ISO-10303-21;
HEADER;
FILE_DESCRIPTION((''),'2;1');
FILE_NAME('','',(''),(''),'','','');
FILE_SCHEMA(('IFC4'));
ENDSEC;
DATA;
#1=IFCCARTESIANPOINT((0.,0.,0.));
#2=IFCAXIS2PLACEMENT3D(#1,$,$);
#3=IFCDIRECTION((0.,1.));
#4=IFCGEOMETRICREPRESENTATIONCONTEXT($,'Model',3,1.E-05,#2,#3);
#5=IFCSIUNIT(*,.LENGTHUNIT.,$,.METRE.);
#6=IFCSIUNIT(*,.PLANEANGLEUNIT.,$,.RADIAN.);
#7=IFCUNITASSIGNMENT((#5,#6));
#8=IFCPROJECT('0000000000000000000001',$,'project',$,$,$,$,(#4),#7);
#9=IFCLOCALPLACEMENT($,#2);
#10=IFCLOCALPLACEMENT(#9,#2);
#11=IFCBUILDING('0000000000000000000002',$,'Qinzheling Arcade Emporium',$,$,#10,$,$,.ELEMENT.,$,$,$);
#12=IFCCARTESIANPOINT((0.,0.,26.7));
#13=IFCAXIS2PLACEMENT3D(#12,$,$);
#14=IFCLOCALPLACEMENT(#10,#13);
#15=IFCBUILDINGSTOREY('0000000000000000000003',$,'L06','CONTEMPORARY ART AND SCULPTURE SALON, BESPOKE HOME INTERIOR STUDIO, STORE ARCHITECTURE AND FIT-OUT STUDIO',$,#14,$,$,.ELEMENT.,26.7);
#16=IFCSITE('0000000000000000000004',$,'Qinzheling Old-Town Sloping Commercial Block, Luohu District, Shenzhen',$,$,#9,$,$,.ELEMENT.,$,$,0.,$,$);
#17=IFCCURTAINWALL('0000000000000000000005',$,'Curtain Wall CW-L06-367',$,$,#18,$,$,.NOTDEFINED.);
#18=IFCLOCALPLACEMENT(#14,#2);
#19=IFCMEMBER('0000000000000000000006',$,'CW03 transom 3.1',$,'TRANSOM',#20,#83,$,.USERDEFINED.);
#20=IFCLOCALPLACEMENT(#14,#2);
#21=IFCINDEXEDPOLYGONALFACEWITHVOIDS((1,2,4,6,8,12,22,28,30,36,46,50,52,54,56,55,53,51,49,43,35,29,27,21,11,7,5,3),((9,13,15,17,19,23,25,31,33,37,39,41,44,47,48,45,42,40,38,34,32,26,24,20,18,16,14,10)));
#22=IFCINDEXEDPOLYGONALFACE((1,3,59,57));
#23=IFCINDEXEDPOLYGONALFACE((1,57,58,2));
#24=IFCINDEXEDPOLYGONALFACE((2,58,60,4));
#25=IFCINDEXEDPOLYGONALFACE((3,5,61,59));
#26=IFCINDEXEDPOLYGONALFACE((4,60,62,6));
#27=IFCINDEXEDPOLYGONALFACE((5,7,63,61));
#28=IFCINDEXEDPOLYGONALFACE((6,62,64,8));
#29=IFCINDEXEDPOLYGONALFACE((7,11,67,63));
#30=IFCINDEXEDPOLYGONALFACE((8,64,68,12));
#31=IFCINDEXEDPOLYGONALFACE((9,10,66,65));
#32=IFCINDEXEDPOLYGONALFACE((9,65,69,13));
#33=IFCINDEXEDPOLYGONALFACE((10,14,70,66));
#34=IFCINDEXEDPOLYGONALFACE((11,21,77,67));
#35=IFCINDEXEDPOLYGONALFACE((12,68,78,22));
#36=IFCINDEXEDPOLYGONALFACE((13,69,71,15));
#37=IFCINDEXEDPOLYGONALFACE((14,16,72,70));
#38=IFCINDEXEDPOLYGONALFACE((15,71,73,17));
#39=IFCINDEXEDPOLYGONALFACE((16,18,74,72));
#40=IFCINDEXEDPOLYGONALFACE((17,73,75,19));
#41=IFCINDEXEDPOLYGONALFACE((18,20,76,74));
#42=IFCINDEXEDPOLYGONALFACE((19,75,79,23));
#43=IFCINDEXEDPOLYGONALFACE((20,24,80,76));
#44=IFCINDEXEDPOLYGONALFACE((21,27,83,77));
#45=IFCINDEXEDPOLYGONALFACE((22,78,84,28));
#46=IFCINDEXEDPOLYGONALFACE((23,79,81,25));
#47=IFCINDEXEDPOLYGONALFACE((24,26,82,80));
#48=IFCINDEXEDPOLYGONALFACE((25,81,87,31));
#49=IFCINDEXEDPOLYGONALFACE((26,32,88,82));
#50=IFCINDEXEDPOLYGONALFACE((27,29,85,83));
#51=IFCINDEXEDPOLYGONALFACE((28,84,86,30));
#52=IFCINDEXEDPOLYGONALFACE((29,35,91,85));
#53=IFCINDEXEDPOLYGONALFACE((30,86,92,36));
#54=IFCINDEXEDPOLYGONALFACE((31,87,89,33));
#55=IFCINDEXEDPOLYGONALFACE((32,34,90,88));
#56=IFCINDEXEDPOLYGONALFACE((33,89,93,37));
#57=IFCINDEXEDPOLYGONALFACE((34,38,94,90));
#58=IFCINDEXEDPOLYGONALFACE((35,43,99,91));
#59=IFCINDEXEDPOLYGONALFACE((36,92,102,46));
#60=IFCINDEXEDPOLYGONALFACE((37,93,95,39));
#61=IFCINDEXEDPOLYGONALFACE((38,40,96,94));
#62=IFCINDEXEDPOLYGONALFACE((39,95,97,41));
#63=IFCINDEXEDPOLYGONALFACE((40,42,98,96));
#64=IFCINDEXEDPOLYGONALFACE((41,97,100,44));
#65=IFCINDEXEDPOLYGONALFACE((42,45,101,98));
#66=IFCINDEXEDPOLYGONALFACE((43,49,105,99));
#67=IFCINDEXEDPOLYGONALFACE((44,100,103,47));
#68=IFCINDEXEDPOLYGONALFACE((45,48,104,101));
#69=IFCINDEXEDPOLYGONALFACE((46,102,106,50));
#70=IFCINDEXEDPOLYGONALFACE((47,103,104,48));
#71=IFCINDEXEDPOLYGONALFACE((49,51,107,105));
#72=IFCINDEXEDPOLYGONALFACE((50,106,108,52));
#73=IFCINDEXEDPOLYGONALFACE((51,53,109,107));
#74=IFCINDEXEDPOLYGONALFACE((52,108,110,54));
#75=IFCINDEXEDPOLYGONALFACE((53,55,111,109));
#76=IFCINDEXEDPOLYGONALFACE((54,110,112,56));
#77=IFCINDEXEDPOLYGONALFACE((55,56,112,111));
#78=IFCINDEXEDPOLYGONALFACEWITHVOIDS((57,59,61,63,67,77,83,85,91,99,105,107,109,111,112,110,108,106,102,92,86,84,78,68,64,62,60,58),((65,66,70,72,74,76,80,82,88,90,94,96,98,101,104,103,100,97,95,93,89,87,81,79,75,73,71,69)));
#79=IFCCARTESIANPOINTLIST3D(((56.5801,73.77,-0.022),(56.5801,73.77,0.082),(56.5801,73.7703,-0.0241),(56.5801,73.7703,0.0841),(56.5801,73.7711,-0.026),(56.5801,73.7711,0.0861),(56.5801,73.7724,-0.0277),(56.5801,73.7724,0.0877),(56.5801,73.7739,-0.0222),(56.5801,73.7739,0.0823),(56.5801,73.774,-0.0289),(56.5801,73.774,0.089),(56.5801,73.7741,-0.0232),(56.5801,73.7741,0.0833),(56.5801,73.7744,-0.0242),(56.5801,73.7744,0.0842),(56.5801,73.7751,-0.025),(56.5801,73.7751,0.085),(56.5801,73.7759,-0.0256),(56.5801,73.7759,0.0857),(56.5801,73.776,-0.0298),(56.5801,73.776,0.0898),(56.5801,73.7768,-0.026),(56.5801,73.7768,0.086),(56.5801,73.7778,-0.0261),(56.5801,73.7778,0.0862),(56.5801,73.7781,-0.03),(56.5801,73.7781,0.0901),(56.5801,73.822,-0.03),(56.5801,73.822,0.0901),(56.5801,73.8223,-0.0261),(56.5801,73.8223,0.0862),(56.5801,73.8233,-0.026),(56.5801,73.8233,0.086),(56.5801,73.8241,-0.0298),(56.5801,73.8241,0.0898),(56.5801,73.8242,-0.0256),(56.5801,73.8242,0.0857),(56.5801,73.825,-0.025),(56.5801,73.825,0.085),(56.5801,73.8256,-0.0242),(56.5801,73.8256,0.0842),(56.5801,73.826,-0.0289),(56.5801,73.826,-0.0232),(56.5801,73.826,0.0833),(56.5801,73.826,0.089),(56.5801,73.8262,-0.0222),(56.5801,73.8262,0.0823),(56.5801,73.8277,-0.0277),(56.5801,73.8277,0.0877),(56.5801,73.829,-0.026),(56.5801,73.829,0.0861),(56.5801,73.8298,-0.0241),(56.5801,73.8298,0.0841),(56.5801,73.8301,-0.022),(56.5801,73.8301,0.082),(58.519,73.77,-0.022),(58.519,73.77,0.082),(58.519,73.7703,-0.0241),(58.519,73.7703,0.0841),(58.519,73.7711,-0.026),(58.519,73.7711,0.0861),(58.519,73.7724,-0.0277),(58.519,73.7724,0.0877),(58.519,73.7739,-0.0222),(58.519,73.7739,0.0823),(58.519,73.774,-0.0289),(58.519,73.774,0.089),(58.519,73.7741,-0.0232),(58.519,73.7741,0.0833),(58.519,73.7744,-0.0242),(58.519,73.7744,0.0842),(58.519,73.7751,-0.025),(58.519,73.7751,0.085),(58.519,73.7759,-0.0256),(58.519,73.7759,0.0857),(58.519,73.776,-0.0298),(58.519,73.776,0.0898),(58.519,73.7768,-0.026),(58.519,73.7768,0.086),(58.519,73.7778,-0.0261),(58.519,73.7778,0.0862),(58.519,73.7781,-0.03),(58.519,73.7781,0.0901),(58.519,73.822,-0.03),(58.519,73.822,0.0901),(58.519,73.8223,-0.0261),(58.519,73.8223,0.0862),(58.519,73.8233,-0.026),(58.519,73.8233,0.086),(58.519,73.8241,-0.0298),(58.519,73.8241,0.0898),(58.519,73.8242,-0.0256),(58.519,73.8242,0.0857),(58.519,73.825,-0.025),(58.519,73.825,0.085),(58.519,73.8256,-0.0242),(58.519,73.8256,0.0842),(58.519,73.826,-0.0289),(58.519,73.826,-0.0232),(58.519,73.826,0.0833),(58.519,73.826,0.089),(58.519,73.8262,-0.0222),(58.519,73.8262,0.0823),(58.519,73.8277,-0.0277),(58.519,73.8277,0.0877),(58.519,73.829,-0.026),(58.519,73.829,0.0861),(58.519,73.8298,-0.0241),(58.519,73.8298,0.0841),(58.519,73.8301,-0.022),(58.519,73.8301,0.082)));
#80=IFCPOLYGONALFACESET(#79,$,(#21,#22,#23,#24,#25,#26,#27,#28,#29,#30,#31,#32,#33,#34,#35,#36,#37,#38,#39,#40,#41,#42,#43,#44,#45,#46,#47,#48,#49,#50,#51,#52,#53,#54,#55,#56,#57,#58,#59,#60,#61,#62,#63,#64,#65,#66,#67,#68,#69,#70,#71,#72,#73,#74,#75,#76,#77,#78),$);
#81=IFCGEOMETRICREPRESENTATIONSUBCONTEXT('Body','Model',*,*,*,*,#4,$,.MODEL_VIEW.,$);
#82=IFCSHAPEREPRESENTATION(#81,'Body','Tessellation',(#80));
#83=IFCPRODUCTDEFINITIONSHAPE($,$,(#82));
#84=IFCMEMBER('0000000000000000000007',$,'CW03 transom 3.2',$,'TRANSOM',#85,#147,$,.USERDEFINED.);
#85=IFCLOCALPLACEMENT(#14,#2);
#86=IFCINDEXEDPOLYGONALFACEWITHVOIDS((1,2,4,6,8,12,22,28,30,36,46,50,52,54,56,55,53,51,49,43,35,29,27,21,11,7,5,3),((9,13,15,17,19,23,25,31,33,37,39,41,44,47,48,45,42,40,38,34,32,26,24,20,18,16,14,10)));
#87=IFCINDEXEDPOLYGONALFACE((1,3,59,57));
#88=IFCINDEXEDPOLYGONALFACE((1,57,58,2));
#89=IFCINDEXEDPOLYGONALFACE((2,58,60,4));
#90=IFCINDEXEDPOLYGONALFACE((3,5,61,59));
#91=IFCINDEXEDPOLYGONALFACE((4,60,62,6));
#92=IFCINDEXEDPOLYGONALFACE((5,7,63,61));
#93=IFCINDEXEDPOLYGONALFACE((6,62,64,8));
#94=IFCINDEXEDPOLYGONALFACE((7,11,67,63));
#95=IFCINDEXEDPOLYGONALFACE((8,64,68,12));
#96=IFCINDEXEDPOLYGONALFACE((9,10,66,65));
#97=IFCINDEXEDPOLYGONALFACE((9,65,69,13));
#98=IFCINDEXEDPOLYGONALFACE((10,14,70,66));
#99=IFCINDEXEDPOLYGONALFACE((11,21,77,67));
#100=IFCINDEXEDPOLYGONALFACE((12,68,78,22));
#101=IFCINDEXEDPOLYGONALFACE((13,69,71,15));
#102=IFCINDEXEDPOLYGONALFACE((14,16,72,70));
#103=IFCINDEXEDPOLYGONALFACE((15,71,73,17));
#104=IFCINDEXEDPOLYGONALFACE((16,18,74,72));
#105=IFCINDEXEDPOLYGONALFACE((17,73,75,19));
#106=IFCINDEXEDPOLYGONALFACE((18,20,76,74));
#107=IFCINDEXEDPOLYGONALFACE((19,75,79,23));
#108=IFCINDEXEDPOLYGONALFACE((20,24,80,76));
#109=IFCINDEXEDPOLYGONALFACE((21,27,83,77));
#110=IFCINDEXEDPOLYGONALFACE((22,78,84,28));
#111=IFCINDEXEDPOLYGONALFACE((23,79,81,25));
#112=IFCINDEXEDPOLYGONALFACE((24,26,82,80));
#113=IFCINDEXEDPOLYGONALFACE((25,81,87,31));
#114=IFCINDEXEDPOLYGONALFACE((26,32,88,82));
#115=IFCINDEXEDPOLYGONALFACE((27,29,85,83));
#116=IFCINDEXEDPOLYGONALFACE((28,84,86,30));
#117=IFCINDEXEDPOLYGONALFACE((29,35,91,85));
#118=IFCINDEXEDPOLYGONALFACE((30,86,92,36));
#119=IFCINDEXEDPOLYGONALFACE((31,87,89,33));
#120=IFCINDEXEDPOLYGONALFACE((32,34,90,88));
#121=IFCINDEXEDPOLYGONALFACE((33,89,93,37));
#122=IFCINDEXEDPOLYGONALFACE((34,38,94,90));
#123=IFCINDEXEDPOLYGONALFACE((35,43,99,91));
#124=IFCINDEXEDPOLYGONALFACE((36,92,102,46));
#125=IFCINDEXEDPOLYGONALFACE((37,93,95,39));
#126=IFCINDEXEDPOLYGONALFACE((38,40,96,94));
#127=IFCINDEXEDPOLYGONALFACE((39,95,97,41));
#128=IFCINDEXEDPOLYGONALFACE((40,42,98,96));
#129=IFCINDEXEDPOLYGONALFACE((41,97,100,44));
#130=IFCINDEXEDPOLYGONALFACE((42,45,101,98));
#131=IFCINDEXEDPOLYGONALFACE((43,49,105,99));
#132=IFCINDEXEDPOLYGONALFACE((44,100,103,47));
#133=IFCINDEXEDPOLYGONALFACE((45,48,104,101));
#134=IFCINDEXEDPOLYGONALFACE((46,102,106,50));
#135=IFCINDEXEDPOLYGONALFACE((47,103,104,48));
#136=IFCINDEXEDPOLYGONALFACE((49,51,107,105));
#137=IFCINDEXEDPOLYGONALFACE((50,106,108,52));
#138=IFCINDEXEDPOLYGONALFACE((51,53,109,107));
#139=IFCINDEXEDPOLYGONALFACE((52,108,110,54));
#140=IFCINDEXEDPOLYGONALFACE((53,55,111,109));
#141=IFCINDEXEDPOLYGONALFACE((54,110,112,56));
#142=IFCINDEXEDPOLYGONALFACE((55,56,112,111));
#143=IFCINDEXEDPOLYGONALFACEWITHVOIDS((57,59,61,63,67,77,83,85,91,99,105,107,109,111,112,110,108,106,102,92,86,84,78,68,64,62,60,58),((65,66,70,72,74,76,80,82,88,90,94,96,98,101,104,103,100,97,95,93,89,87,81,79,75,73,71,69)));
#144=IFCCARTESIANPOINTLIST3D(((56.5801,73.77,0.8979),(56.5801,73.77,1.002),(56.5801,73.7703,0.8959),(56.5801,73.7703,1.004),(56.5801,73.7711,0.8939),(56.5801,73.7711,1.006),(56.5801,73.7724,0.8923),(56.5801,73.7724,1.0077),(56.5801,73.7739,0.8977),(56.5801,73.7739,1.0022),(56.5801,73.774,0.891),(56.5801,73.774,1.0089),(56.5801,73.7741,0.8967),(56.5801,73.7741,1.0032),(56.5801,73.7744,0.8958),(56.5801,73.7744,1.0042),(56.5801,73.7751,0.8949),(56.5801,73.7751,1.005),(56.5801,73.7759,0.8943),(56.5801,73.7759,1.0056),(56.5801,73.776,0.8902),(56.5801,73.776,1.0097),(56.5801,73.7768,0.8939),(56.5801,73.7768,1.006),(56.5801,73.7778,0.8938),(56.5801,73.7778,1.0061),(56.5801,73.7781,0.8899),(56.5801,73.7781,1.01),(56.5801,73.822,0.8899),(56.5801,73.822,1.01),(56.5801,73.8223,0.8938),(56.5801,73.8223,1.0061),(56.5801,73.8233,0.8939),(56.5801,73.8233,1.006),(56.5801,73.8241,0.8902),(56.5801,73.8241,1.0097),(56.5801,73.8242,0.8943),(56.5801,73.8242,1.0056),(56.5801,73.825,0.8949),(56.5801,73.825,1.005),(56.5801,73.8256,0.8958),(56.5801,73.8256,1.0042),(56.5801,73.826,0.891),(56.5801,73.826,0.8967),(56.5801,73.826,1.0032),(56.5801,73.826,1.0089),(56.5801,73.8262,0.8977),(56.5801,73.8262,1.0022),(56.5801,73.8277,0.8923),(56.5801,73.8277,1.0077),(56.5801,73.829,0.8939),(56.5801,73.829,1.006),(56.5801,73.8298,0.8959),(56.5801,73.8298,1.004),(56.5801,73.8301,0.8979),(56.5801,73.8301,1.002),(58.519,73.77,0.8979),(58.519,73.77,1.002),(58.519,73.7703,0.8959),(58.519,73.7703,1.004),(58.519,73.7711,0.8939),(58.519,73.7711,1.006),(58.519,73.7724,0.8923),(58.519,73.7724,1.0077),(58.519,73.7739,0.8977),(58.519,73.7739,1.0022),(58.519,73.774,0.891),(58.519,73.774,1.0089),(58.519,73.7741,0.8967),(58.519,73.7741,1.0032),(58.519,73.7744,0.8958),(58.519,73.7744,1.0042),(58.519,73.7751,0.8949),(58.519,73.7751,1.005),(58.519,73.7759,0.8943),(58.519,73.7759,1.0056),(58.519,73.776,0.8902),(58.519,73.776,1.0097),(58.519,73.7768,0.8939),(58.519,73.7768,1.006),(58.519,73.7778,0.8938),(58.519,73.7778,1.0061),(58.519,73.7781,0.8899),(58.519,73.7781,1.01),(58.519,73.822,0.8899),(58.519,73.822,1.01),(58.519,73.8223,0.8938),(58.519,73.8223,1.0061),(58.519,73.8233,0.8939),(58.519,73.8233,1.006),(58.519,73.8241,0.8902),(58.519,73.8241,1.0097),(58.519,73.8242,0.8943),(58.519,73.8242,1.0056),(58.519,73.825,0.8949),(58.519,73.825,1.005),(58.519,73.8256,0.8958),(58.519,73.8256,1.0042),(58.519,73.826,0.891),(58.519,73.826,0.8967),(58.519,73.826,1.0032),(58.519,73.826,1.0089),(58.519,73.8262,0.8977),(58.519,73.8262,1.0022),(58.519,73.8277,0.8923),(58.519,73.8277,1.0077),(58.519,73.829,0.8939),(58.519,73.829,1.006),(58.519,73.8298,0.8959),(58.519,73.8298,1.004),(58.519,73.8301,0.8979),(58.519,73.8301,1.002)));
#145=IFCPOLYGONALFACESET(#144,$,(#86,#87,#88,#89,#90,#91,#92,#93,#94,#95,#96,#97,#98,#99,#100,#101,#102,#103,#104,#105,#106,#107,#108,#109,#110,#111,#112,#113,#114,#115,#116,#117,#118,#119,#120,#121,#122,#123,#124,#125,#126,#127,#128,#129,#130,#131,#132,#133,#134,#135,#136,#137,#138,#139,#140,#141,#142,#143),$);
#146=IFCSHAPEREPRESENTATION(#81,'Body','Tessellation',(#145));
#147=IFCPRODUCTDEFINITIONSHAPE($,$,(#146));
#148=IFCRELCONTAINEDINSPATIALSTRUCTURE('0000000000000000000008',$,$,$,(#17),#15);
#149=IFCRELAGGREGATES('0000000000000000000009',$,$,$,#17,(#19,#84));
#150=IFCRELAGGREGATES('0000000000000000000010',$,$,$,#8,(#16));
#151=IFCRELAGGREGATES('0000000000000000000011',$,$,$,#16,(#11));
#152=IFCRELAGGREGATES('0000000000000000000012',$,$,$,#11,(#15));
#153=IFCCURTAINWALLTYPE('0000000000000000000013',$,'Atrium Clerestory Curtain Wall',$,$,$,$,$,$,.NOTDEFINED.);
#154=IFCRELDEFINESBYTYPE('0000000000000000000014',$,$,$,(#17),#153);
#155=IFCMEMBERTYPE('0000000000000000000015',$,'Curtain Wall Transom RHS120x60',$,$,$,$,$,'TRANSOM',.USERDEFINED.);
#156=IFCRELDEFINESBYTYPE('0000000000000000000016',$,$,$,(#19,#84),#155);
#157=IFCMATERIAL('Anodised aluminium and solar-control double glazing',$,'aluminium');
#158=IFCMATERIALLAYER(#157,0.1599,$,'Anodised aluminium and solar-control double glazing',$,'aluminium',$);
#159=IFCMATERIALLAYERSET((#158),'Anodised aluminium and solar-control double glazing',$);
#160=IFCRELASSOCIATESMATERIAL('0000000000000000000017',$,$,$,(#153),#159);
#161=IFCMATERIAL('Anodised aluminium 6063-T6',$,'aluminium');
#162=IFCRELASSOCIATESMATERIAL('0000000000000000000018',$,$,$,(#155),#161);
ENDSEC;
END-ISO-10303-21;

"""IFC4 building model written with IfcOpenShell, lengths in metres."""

from ifc_helpers import new_model, si_unit, direction, frame, origin, origin_2d, place, context, subcontext, project, spatial, hollow_rectangle, extrude, material, layer, layer_set, material_profile, profile_set, type_object, element, aggregate, save


model = new_model("IFC4")

# Units and contexts
model_context = context("Model", 3, precision=1e-05, world=origin(), true_north=direction((0.0, 1.0)))
body_context = subcontext(model_context, "Body", "Model", "MODEL_VIEW")
ifc_project = project(units=[si_unit("LENGTHUNIT", "METRE"), si_unit("PLANEANGLEUNIT", "RADIAN")], contexts=[model_context])

# Site, building, storey
site_placement = place(None, origin())
site = spatial("IfcSite", under=ifc_project, at=site_placement, Name="Qinzheling Old-Town Sloping Commercial Block, Luohu District, Shenzhen", CompositionType="ELEMENT", RefElevation=0.0)
building_placement = place(site_placement, origin())
building = spatial("IfcBuilding", under=site, at=building_placement, Name="Qinzheling Arcade Emporium", CompositionType="ELEMENT")
storey_placement = place(building_placement, frame((0.0, 0.0, 26.7)))
storey = spatial("IfcBuildingStorey", under=building, at=storey_placement, Name="L06", Description="CONTEMPORARY ART AND SCULPTURE SALON, BESPOKE HOME INTERIOR STUDIO, STORE ARCHITECTURE AND FIT-OUT STUDIO", CompositionType="ELEMENT", Elevation=26.7)

# Curtain wall
ifc_material_1 = material(Name="Anodised aluminium and solar-control double glazing", Category="aluminium")
ifc_layer_1 = layer(ifc_material_1, 0.1599, Name="Anodised aluminium and solar-control double glazing", Category="aluminium")
ifc_layer_set_1 = layer_set([ifc_layer_1], Name="Anodised aluminium and solar-control double glazing")
curtain_wall_type = type_object("IfcCurtainWallType", Name="Atrium Clerestory Curtain Wall", PredefinedType="NOTDEFINED", material=ifc_layer_set_1)
curtain_wall_1_placement = place(storey_placement, origin())
curtain_wall_1 = element("IfcCurtainWall", 1, at=curtain_wall_1_placement, inside=storey, type_object=curtain_wall_type, Name="Curtain Wall CW-L06-367", PredefinedType="NOTDEFINED")
ifc_material_2 = material(Name="Anodised aluminium 6063-T6", Category="aluminium")

# Members
ifc_material_profile_1 = material_profile(ifc_material_2, hollow_rectangle(XDim=0.0601, YDim=0.1201, WallThickness=0.0039, InnerFilletRadius=0.0039, OuterFilletRadius=0.0081, at=origin_2d()), Name="RHS 120x60x4", Category="aluminium")
ifc_profile_set_1 = profile_set([ifc_material_profile_1], Name="Anodised aluminium 6063-T6")
member_type_1 = type_object("IfcMemberType", Name="Curtain Wall Transom RHS120x60", ElementType="TRANSOM", PredefinedType="USERDEFINED", material=ifc_profile_set_1)
member_1_placement = place(storey_placement, frame((56.5801, 73.8, 0.03), z_axis=(1.0, 0.0, 0.0), x_axis=(0.0, 1.0, 0.0)))
member_1 = element("IfcMember", 2, at=member_1_placement, type_object=member_type_1, Name="CW03 transom 3.1", ObjectType="TRANSOM", PredefinedType="USERDEFINED", context=body_context, shape_type="SweptSolid", body=[
    extrude(hollow_rectangle(XDim=0.0601, YDim=0.1201, WallThickness=0.0039, InnerFilletRadius=0.0039, OuterFilletRadius=0.0081, at=origin_2d()), origin(), (0.0, 0.0, 1.0), 1.939),
])
member_2_placement = place(storey_placement, frame((56.5801, 73.8, 0.95), z_axis=(1.0, 0.0, 0.0), x_axis=(0.0, 1.0, 0.0)))
member_2 = element("IfcMember", 3, at=member_2_placement, type_object=member_type_1, Name="CW03 transom 3.2", ObjectType="TRANSOM", PredefinedType="USERDEFINED", context=body_context, shape_type="SweptSolid", body=[
    extrude(hollow_rectangle(XDim=0.0601, YDim=0.1201, WallThickness=0.0039, InnerFilletRadius=0.0039, OuterFilletRadius=0.0081, at=origin_2d()), origin(), (0.0, 0.0, 1.0), 1.939),
])

aggregate(curtain_wall_1, [member_1, member_2])

save(model, "model.ifc")
